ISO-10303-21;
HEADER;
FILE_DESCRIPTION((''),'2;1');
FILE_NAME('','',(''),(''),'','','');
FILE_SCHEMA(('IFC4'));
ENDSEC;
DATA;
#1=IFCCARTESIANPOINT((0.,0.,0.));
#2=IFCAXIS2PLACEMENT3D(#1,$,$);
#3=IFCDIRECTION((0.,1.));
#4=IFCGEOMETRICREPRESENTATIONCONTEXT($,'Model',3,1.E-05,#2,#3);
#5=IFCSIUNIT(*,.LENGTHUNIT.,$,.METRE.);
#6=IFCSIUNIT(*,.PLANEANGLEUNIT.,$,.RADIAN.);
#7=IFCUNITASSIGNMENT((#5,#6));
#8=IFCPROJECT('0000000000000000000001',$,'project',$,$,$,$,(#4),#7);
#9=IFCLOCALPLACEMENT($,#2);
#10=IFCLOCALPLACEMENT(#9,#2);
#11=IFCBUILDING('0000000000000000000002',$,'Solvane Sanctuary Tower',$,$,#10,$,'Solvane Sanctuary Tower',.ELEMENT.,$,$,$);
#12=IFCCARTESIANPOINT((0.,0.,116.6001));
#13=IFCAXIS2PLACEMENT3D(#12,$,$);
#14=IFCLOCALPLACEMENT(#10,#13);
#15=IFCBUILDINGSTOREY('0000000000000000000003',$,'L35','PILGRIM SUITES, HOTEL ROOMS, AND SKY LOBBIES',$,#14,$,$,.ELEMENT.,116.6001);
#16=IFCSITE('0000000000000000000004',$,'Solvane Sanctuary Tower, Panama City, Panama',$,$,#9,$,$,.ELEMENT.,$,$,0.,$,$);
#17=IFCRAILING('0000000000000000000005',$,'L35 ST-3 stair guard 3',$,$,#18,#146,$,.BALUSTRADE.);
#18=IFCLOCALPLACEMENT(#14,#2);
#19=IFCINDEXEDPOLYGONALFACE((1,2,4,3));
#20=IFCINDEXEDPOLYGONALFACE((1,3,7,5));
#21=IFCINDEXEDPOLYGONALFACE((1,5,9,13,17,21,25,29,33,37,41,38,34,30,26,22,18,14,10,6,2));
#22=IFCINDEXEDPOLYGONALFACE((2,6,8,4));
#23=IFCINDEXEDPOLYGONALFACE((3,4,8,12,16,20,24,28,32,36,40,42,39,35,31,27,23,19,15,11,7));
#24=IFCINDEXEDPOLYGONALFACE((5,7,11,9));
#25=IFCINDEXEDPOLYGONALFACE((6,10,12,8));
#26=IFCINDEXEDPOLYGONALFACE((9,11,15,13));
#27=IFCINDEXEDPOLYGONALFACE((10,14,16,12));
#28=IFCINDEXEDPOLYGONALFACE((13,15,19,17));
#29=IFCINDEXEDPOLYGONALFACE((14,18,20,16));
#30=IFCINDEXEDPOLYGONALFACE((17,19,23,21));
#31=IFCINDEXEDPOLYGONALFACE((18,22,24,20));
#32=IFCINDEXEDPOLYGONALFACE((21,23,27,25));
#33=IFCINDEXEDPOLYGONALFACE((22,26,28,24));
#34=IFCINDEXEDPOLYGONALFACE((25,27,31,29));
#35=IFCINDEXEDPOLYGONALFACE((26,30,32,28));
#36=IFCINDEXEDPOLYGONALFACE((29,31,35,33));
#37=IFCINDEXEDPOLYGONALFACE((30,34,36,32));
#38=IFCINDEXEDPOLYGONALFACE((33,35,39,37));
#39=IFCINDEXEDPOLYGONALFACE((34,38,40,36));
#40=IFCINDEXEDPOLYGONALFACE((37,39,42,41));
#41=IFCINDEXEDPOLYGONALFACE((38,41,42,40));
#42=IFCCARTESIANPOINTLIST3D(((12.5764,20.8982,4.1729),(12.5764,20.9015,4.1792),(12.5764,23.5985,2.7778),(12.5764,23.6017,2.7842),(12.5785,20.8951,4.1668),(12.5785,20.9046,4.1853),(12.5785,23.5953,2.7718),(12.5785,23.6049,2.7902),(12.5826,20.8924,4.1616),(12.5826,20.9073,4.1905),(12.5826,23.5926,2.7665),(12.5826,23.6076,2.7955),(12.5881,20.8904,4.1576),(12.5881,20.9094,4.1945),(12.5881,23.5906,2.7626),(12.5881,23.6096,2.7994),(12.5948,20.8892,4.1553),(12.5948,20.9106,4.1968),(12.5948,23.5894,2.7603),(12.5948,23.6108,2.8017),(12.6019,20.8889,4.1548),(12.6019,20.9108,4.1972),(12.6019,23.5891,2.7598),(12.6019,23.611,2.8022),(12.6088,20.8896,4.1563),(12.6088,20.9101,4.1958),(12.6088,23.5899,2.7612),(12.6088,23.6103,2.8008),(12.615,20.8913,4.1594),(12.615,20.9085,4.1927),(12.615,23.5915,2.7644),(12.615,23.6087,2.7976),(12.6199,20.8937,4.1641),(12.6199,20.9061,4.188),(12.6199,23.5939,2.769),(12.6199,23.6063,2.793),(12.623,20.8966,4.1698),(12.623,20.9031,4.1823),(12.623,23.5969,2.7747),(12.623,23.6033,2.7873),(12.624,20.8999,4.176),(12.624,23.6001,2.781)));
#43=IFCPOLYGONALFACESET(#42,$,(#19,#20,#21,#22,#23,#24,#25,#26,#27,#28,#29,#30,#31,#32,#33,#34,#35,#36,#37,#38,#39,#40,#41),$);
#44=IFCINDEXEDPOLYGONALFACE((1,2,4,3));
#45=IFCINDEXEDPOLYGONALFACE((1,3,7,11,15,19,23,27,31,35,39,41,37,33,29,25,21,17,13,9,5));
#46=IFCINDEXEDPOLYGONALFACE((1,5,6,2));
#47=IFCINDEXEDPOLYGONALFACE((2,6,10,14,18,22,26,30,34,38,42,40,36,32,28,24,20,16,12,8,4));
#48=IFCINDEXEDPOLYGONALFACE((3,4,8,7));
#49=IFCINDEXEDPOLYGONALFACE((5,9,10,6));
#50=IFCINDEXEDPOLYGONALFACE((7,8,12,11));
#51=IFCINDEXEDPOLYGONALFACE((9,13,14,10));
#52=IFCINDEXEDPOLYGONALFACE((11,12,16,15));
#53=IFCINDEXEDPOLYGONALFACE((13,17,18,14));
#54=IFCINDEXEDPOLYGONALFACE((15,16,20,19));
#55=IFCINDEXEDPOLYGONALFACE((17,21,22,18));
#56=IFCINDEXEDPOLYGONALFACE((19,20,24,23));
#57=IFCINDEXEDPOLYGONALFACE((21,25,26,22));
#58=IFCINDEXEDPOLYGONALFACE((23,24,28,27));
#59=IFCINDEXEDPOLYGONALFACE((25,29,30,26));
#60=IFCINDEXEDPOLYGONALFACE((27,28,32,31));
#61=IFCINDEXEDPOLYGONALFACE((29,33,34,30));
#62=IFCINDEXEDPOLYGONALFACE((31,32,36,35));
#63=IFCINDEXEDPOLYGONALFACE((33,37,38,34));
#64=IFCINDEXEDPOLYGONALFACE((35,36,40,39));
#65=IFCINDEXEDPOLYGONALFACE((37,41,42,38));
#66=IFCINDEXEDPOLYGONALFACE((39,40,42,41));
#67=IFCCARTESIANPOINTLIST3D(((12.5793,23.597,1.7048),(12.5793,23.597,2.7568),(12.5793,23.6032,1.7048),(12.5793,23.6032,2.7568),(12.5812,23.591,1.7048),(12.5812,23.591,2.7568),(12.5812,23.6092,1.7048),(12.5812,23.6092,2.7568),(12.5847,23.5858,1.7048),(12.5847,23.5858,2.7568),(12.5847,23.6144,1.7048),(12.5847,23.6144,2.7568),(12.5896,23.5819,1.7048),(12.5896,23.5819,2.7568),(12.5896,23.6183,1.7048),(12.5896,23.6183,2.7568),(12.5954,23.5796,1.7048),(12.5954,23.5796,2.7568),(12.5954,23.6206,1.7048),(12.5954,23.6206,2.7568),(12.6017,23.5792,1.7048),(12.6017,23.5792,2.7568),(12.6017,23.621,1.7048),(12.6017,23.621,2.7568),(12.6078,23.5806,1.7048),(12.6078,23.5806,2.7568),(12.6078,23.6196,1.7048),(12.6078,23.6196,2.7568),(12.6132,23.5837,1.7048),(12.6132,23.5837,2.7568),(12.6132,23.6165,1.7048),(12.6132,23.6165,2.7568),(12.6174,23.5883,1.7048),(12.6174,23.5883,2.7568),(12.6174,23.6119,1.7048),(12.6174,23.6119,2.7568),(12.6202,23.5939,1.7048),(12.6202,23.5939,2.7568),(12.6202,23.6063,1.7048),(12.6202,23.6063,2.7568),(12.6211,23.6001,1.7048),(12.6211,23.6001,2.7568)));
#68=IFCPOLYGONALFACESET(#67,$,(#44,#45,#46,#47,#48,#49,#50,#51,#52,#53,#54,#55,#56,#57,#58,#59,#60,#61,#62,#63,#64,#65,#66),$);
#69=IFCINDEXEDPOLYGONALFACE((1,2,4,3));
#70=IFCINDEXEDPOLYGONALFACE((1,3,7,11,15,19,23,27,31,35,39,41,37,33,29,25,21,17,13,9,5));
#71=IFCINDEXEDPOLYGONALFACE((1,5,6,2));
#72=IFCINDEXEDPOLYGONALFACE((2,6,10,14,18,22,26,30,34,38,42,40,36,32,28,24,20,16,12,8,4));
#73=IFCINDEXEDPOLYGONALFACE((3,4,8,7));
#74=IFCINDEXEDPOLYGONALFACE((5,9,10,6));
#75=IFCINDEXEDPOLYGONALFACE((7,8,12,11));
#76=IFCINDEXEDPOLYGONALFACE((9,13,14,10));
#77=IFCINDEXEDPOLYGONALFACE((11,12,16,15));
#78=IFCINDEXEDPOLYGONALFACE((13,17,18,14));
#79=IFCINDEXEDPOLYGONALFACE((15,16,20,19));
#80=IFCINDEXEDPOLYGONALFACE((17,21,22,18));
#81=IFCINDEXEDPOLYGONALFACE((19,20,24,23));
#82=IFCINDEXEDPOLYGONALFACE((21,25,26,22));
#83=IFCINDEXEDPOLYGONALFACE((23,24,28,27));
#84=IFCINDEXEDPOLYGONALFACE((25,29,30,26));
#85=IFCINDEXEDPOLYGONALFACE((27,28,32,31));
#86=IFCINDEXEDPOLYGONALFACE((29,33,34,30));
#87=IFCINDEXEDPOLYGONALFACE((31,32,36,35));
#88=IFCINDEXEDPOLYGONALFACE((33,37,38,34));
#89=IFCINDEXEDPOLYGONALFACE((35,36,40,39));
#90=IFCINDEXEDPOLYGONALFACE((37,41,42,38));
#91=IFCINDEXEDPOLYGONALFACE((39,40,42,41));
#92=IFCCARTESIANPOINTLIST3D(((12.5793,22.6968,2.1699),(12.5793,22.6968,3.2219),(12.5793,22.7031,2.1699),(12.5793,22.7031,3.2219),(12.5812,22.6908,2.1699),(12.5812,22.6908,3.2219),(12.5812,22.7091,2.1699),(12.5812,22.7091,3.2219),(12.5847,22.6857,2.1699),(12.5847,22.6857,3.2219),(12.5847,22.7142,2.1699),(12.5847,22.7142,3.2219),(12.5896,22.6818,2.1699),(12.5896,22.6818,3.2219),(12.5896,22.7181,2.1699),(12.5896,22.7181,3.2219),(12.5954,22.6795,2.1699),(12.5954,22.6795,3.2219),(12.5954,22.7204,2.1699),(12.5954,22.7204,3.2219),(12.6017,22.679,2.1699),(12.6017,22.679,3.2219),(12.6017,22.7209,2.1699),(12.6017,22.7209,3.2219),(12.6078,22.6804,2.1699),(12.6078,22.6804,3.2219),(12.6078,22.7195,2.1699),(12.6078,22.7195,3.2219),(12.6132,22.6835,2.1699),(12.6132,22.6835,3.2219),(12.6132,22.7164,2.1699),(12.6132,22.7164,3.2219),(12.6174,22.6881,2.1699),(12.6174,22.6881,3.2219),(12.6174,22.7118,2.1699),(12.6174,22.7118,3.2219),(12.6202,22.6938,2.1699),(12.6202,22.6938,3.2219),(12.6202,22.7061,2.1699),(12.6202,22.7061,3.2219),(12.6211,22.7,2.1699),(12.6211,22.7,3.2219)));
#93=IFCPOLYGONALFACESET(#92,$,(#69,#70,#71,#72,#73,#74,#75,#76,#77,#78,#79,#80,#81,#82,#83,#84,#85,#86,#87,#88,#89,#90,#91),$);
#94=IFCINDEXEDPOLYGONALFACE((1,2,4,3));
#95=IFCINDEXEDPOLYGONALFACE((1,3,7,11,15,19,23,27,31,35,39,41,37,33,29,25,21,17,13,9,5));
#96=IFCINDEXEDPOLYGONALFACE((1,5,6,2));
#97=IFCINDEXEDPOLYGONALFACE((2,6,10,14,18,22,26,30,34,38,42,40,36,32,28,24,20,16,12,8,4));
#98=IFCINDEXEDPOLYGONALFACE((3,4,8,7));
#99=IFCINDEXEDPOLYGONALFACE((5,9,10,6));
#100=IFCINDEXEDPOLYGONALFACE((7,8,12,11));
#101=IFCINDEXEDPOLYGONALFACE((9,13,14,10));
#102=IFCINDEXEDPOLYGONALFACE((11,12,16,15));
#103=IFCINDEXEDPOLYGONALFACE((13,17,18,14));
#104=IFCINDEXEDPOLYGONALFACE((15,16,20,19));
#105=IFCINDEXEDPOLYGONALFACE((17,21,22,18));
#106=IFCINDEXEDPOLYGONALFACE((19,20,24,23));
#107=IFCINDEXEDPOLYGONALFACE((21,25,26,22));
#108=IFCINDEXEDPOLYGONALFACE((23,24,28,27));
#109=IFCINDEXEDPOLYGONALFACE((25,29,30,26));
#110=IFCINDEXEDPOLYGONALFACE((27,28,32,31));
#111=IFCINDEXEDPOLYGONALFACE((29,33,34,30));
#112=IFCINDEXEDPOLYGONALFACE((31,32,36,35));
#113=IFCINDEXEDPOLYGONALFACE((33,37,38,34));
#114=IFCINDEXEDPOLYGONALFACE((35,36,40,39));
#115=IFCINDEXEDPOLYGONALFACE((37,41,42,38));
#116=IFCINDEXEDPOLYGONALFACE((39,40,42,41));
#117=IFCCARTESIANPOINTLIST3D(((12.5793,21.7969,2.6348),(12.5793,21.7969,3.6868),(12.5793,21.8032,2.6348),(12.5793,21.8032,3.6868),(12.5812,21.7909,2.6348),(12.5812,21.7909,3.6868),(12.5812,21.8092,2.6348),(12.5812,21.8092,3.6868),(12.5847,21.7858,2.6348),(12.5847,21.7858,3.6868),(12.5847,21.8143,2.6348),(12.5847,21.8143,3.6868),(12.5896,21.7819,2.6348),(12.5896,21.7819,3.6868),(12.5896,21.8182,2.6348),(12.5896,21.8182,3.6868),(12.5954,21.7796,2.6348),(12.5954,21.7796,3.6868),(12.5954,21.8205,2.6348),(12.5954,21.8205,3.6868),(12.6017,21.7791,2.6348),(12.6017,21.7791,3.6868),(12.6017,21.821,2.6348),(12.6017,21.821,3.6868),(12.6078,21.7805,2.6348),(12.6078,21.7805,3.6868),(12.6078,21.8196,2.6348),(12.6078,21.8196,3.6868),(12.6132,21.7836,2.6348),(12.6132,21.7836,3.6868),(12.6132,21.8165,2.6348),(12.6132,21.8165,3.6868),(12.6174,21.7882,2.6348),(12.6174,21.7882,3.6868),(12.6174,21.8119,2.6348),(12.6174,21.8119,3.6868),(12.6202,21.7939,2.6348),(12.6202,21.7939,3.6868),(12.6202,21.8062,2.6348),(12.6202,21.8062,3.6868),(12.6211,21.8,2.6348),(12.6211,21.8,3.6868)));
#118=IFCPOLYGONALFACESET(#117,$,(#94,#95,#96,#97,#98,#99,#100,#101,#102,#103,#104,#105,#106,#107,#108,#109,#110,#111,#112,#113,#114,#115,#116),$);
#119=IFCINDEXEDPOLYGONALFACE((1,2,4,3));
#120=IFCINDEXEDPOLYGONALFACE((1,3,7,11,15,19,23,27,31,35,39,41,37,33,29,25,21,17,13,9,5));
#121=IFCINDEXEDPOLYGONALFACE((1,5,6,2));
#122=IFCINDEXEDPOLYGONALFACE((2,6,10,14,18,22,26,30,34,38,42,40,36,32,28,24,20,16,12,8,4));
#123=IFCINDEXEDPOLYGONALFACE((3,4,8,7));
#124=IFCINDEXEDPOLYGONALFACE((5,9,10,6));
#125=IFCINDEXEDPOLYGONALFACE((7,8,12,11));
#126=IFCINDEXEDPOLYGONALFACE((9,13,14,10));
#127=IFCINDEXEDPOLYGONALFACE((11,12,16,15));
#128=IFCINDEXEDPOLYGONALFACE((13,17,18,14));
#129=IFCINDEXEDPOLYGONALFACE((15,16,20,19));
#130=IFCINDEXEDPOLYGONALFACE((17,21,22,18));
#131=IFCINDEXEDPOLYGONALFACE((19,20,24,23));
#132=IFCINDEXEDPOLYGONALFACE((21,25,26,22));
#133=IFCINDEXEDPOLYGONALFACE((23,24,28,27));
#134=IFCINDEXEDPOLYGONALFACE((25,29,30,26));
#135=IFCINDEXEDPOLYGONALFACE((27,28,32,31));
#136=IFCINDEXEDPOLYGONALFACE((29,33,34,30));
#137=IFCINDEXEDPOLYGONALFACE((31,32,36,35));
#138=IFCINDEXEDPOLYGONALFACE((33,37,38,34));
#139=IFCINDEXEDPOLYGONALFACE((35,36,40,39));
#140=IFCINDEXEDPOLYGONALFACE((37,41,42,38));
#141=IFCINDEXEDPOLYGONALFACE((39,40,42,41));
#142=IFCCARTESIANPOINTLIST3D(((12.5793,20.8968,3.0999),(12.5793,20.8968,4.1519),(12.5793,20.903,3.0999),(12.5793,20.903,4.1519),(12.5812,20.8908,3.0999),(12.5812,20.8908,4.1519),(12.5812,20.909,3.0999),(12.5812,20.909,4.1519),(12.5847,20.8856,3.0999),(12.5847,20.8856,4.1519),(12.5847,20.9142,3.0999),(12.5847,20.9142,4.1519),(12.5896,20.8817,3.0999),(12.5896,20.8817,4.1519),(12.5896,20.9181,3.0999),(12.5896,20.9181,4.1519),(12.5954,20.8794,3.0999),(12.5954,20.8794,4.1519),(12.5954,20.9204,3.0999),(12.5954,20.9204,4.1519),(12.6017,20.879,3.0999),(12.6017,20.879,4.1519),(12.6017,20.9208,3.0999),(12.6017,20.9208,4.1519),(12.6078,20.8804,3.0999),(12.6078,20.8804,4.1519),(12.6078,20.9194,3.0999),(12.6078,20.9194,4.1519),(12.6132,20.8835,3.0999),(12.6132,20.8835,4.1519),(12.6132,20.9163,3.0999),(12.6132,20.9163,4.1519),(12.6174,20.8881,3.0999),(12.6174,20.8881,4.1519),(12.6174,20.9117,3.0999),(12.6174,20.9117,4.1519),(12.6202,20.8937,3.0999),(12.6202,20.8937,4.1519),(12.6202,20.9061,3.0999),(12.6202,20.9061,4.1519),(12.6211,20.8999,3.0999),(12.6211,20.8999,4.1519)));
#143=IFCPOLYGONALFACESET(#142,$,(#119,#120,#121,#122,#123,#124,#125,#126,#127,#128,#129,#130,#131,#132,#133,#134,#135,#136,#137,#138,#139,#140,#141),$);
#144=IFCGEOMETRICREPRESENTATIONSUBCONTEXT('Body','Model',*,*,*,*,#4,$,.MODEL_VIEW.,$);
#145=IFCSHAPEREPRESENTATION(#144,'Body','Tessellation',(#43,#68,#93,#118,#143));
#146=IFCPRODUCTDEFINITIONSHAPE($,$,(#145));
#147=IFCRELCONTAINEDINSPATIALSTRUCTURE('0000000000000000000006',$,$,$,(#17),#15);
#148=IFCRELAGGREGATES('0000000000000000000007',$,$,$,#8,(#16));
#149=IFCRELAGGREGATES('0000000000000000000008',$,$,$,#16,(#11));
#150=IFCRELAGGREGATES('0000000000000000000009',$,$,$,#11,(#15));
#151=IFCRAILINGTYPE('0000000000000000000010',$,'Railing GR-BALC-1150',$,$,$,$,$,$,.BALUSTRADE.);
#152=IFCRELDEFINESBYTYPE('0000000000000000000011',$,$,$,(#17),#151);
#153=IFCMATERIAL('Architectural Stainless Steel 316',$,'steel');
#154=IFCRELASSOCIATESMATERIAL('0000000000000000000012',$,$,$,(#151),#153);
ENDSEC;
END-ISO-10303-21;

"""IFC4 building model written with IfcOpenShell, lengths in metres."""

from ifc_helpers import new_model, si_unit, direction, frame, origin, origin_2d, place, context, subcontext, project, spatial, circle, extrude, material, type_object, element, save


model = new_model("IFC4")

# Units and contexts
model_context = context("Model", 3, precision=1e-05, world=origin(), true_north=direction((0.0, 1.0)))
body_context = subcontext(model_context, "Body", "Model", "MODEL_VIEW")
ifc_project = project(units=[si_unit("LENGTHUNIT", "METRE"), si_unit("PLANEANGLEUNIT", "RADIAN")], contexts=[model_context])

# Site, building, storey
site_placement = place(None, origin())
site = spatial("IfcSite", under=ifc_project, at=site_placement, Name="Solvane Sanctuary Tower, Panama City, Panama", CompositionType="ELEMENT", RefElevation=0.0)
building_placement = place(site_placement, origin())
building = spatial("IfcBuilding", under=site, at=building_placement, Name="Solvane Sanctuary Tower", LongName="Solvane Sanctuary Tower", CompositionType="ELEMENT")
storey_placement = place(building_placement, frame((0.0, 0.0, 116.6001)))
storey = spatial("IfcBuildingStorey", under=building, at=storey_placement, Name="L35", Description="PILGRIM SUITES, HOTEL ROOMS, AND SKY LOBBIES", CompositionType="ELEMENT", Elevation=116.6001)

# Railing
ifc_material_1 = material(Name="Architectural Stainless Steel 316", Category="steel")
railing_type_1 = type_object("IfcRailingType", Name="Railing GR-BALC-1150", PredefinedType="BALUSTRADE", material=ifc_material_1)
railing_1_placement = place(storey_placement, frame((12.6001, 23.6001, 1.7048)))
element("IfcRailing", 1, at=railing_1_placement, inside=storey, type_object=railing_type_1, Name="L35 ST-3 stair guard 3", PredefinedType="BALUSTRADE", context=body_context, shape_type="SweptSolid", body=[
    extrude(circle(Radius=0.0239, at=origin_2d()), frame((0.0, 0.0, 1.0762), z_axis=(0.0, -0.888437, 0.458999), x_axis=(1.0, 0.0, 0.0)), (0.0, 0.0, 1.0), 3.0393),
    extrude(circle(Radius=0.021, at=origin_2d()), origin(), (0.0, 0.0, 1.0), 1.052),
    extrude(circle(Radius=0.021, at=origin_2d()), frame((0.0, -0.9001, 0.4651)), (0.0, 0.0, 1.0), 1.052),
    extrude(circle(Radius=0.021, at=origin_2d()), frame((0.0, -1.8, 0.9299)), (0.0, 0.0, 1.0), 1.052),
    extrude(circle(Radius=0.021, at=origin_2d()), frame((0.0, -2.7002, 1.395)), (0.0, 0.0, 1.0), 1.052),
])

save(model, "model.ifc")
